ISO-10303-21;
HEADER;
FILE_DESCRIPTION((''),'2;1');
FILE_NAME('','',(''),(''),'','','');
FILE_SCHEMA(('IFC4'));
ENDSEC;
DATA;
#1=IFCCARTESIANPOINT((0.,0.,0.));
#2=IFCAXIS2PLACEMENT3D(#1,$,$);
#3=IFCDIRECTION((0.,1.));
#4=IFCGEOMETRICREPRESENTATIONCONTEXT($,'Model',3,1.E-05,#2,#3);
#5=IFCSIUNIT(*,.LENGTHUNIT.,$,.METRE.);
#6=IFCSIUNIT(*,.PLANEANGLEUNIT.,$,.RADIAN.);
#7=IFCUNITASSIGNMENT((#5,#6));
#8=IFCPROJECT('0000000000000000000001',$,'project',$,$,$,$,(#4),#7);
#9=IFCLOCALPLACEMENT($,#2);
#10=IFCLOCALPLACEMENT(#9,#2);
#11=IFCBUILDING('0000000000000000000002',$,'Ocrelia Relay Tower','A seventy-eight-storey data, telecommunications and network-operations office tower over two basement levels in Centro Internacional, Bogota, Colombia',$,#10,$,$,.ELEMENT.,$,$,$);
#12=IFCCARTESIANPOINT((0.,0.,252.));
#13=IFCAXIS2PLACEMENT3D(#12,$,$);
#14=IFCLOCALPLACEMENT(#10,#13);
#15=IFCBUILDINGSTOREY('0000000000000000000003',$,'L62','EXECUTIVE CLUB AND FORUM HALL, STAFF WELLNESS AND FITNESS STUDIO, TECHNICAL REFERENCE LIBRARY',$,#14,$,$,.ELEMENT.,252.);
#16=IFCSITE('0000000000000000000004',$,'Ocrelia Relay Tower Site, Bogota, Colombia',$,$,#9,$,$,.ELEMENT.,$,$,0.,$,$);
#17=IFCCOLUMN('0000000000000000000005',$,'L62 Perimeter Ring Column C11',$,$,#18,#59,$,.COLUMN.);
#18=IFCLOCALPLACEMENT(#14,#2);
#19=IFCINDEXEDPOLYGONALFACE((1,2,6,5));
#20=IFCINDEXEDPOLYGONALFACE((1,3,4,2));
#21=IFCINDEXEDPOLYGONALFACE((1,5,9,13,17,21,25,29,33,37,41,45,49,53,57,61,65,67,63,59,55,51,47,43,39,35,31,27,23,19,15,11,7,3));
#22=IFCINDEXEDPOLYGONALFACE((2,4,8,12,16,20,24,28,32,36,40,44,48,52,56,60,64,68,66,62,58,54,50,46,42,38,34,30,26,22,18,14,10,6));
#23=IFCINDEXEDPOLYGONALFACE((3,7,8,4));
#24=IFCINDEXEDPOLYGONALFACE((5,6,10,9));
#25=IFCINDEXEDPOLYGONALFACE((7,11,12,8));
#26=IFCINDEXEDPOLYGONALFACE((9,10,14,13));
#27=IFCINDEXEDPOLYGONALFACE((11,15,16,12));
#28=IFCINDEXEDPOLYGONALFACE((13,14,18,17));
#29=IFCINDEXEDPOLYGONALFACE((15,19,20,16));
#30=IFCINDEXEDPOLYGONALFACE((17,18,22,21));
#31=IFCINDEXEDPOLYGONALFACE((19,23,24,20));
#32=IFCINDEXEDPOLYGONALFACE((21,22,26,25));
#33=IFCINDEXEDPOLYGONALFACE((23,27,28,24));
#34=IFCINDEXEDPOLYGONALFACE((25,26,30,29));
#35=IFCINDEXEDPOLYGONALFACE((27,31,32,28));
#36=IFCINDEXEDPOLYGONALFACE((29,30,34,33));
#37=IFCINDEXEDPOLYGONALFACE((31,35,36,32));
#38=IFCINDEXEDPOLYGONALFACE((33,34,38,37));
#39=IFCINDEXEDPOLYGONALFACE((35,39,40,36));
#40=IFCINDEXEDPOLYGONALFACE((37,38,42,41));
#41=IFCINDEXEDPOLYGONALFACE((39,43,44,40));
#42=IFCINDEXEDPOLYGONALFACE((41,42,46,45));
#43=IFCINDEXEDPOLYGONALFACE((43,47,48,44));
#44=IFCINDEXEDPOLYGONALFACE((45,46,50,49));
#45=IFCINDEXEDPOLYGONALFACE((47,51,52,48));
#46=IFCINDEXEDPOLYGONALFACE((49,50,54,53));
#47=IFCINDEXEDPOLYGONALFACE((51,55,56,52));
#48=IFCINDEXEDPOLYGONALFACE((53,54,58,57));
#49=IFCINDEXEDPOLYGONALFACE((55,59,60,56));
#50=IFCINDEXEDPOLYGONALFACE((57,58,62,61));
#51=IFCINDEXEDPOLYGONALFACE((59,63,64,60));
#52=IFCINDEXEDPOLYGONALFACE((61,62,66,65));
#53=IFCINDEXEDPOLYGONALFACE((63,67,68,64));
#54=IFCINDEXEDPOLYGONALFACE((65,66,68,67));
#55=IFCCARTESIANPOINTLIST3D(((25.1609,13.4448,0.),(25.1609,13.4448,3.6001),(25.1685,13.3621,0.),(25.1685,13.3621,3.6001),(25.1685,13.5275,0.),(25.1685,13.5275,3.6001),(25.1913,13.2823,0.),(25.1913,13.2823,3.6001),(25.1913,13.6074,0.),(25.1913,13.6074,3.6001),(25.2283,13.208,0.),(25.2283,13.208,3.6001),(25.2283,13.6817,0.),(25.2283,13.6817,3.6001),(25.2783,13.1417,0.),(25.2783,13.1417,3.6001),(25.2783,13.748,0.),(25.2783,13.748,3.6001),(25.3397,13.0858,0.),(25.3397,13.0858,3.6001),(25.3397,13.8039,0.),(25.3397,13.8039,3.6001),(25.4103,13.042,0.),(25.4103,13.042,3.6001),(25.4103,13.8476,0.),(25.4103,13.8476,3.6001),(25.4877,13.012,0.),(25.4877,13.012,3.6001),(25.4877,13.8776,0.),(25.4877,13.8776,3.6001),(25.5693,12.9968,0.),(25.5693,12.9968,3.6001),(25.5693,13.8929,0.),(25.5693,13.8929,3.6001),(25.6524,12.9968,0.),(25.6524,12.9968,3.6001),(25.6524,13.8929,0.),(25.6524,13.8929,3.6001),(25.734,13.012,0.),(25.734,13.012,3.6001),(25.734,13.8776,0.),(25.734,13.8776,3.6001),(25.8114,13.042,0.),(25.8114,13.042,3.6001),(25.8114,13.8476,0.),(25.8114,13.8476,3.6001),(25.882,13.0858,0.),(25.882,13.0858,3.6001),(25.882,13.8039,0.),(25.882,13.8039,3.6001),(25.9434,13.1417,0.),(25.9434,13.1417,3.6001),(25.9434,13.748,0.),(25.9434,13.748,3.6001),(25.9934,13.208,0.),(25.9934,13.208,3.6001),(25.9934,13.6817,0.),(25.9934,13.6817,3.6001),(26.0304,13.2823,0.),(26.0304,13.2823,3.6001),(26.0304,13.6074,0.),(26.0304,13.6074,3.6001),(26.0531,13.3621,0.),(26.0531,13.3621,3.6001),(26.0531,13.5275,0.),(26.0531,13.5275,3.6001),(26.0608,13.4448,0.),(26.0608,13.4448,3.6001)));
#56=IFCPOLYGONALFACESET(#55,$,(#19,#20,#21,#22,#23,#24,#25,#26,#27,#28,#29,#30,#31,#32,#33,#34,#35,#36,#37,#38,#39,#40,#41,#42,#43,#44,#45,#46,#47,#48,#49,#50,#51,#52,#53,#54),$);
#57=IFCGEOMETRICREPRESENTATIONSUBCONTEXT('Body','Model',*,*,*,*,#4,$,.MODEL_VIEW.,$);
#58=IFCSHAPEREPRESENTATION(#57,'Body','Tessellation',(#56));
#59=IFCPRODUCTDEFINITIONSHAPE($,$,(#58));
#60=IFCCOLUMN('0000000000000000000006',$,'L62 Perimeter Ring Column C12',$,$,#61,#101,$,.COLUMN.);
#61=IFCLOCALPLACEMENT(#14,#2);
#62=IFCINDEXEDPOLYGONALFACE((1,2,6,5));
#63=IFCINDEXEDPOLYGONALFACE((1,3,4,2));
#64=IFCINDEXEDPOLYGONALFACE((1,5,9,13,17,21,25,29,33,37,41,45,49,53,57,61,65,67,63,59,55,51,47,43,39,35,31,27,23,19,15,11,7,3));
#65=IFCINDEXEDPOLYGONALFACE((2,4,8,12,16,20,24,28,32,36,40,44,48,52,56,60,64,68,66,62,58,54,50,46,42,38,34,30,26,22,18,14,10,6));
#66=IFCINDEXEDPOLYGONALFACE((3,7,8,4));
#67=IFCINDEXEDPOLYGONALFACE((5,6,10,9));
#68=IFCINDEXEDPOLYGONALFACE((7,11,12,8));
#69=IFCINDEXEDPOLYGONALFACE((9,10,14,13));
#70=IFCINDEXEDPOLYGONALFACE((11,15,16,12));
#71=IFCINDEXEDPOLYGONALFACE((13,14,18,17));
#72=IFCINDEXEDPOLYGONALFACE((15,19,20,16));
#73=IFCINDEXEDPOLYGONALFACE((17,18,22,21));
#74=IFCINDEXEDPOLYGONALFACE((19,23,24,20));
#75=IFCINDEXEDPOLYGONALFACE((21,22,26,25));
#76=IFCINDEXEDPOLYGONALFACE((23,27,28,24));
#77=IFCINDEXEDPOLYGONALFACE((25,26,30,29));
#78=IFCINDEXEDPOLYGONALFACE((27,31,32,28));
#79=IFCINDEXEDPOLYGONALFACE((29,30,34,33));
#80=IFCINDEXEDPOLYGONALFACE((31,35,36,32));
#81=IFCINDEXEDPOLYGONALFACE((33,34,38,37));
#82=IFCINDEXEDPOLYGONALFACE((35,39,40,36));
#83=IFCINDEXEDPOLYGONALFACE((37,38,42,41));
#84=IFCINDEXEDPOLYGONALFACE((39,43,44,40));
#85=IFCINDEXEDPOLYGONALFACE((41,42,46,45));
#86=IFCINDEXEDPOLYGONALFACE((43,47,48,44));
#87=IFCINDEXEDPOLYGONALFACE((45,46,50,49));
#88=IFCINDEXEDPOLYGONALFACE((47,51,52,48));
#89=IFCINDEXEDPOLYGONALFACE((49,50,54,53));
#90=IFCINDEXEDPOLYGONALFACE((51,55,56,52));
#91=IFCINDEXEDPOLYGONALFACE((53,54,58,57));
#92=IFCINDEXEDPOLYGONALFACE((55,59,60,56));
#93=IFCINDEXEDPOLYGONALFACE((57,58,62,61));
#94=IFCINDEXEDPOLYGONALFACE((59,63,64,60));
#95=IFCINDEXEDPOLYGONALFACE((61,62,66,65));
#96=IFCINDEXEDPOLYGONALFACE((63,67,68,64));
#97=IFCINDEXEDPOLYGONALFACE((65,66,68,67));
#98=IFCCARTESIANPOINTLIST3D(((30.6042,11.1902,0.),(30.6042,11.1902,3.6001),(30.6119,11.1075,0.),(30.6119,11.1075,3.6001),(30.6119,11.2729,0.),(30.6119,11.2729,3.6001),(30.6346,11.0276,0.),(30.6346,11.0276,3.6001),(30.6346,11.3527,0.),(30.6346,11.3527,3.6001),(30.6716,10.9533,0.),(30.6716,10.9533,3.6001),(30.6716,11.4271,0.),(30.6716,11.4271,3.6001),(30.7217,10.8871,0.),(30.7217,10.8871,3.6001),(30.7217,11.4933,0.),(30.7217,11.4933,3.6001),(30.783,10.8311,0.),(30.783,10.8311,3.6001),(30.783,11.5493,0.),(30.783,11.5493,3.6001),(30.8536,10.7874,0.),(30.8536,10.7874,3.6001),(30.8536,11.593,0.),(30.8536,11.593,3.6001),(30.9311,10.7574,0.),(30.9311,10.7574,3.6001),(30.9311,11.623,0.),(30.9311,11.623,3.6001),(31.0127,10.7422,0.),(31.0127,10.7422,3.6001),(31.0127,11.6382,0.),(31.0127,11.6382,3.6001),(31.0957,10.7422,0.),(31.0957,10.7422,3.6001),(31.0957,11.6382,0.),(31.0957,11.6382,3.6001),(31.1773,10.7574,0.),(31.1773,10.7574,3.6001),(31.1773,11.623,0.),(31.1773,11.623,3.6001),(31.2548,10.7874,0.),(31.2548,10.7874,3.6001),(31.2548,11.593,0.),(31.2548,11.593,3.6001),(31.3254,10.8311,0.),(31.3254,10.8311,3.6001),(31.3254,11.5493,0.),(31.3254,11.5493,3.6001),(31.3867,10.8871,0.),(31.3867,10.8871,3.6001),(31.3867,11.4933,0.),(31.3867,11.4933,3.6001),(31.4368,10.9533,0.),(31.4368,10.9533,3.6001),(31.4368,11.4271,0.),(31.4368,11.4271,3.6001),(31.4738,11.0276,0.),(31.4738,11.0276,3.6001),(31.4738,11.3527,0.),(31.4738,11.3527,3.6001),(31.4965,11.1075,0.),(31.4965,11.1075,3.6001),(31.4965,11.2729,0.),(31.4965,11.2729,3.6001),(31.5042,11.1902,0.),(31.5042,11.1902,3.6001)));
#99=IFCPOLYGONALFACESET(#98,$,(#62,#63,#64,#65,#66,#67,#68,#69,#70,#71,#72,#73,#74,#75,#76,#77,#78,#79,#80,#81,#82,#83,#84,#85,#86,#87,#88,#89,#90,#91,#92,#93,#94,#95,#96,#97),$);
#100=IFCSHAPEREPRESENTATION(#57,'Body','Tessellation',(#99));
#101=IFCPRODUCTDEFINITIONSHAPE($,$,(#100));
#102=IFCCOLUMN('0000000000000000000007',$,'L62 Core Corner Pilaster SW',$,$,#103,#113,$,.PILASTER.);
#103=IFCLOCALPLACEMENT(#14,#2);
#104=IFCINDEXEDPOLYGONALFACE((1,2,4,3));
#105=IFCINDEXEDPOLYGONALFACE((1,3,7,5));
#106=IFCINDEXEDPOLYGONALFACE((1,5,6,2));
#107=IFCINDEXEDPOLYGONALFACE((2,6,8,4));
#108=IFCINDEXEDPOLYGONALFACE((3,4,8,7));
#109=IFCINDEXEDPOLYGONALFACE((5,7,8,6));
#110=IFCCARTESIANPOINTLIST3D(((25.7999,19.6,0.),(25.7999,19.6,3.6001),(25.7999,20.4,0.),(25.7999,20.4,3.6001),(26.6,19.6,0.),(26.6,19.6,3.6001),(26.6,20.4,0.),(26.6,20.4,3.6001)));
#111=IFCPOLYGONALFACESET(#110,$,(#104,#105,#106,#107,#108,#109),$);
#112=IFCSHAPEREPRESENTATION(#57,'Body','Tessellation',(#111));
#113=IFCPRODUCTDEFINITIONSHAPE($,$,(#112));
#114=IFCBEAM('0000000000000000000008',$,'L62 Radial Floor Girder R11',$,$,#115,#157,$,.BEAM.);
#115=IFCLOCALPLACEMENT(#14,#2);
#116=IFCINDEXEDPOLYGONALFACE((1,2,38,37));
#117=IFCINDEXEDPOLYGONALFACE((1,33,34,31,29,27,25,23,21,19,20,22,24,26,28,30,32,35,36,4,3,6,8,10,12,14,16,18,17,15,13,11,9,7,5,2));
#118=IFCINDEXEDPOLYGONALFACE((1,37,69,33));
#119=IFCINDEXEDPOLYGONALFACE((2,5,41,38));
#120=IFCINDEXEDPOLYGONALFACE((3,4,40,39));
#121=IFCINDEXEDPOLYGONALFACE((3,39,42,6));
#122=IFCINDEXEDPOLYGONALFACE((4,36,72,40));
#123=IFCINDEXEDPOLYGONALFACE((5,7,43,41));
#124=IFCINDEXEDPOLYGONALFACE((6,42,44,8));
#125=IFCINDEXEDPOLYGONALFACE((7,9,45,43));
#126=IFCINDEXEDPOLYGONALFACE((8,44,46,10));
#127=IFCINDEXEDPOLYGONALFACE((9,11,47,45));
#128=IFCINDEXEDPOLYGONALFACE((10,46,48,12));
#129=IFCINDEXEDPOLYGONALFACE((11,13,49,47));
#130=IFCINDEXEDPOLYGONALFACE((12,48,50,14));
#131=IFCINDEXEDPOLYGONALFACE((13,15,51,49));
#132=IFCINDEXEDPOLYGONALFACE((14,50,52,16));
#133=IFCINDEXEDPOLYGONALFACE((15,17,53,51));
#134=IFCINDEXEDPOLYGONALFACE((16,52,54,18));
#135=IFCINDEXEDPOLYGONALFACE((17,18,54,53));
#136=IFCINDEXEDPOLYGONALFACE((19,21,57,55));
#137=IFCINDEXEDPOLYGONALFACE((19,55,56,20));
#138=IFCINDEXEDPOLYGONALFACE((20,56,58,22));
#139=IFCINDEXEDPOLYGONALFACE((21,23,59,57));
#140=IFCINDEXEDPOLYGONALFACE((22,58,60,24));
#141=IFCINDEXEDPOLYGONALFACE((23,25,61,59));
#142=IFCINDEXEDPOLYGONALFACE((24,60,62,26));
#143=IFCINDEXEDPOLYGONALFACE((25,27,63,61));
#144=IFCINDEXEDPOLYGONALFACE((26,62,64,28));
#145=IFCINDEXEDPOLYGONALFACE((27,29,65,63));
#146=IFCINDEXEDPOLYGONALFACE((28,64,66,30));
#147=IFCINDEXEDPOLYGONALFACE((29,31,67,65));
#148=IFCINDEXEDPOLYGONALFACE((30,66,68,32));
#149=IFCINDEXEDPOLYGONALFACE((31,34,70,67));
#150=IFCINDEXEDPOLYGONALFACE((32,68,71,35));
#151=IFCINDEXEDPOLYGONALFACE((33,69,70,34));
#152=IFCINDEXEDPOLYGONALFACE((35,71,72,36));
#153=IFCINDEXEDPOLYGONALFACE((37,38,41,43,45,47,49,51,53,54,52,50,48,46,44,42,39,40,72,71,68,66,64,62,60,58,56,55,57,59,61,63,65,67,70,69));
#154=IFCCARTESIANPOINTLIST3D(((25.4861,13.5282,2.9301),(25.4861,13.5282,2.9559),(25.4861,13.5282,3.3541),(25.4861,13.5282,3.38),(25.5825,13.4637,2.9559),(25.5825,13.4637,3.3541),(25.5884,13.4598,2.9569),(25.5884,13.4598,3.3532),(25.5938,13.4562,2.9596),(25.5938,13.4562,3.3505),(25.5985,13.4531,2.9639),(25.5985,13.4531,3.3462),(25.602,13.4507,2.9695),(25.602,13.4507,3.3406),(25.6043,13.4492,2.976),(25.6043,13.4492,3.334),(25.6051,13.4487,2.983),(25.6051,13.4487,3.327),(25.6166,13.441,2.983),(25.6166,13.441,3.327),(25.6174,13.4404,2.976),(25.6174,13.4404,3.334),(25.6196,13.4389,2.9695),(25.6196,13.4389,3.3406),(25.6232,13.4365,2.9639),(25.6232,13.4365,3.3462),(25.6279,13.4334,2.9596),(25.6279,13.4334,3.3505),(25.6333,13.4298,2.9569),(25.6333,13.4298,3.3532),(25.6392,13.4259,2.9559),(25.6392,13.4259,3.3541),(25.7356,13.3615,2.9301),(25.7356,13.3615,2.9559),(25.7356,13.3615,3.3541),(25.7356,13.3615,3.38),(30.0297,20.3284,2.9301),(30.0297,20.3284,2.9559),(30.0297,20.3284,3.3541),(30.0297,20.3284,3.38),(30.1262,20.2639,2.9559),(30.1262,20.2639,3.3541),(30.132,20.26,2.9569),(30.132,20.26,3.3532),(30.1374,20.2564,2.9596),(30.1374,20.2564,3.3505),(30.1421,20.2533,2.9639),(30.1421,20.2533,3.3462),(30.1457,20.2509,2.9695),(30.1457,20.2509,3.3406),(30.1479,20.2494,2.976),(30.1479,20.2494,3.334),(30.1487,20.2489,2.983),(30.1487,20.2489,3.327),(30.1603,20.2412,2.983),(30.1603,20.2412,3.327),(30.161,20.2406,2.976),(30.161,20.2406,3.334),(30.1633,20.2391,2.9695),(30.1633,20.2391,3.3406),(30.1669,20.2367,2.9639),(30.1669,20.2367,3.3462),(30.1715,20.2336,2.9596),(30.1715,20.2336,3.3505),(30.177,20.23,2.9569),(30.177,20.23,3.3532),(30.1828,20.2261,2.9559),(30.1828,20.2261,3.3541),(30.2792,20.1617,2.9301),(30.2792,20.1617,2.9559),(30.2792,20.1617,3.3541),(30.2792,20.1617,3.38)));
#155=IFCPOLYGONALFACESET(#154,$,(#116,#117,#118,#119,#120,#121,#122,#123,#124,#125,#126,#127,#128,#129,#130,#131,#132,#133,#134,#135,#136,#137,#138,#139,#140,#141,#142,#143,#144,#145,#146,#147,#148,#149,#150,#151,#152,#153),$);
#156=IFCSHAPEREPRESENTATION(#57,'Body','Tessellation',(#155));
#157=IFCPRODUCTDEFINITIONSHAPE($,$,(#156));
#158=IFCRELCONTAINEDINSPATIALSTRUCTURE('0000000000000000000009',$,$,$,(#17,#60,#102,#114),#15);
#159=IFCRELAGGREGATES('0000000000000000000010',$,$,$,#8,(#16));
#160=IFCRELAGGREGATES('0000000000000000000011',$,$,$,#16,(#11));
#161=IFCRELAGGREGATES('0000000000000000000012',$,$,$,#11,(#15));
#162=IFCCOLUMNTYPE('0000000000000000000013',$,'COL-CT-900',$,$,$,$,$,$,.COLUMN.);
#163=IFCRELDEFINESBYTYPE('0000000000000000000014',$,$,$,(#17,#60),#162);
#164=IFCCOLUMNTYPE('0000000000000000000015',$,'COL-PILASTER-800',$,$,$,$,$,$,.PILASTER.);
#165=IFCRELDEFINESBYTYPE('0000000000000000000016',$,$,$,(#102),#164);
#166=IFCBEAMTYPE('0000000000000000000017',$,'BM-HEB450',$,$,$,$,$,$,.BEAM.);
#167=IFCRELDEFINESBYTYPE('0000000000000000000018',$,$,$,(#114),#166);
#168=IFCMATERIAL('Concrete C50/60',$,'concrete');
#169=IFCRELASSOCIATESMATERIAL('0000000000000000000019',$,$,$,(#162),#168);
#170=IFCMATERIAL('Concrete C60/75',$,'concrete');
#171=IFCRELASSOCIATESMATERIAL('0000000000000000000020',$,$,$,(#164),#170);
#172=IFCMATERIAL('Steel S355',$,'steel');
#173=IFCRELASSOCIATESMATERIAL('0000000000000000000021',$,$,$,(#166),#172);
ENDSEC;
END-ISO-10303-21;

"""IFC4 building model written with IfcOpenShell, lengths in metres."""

from ifc_helpers import new_model, si_unit, direction, frame, origin, origin_2d, place, context, subcontext, project, spatial, rectangle, circle, i_section, extrude, material, material_profile, profile_set, type_object, element, save


model = new_model("IFC4")

# Units and contexts
model_context = context("Model", 3, precision=1e-05, world=origin(), true_north=direction((0.0, 1.0)))
body_context = subcontext(model_context, "Body", "Model", "MODEL_VIEW")
ifc_project = project(units=[si_unit("LENGTHUNIT", "METRE"), si_unit("PLANEANGLEUNIT", "RADIAN")], contexts=[model_context])

# Site, building, storey
site_placement = place(None, origin())
site = spatial("IfcSite", under=ifc_project, at=site_placement, Name="Ocrelia Relay Tower Site, Bogota, Colombia", CompositionType="ELEMENT", RefElevation=0.0)
building_placement = place(site_placement, origin())
building = spatial("IfcBuilding", under=site, at=building_placement, Name="Ocrelia Relay Tower", Description="A seventy-eight-storey data, telecommunications and network-operations office tower over two basement levels in Centro Internacional, Bogota, Colombia", CompositionType="ELEMENT")
storey_placement = place(building_placement, frame((0.0, 0.0, 252.0)))
storey = spatial("IfcBuildingStorey", under=building, at=storey_placement, Name="L62", Description="EXECUTIVE CLUB AND FORUM HALL, STAFF WELLNESS AND FITNESS STUDIO, TECHNICAL REFERENCE LIBRARY", CompositionType="ELEMENT", Elevation=252.0)

# Columns
ifc_material_1 = material(Name="Concrete C50/60", Category="concrete")
ifc_material_profile_1 = material_profile(ifc_material_1, circle(Radius=0.45, at=origin_2d()), Name="RC-CIR-900")
ifc_profile_set_1 = profile_set([ifc_material_profile_1], Name="Concrete C50/60")
column_type_1 = type_object("IfcColumnType", Name="COL-CT-900", PredefinedType="COLUMN", material=ifc_profile_set_1)
for number, where, z_axis, x_axis, name in (
    (1, (25.6108, 13.4448, 0.0), (0.0, 0.0, 1.0), (1.0, 0.0, 0.0), "L62 Perimeter Ring Column C11"),
    (2, (31.0542, 11.1902, 0.0), (0.0, 0.0, 1.0), (1.0, 0.0, 0.0), "L62 Perimeter Ring Column C12"),
):
    element("IfcColumn", number, at=place(storey_placement, frame(where, z_axis=z_axis, x_axis=x_axis)), inside=storey, type_object=column_type_1, Name=name, PredefinedType="COLUMN", context=body_context, shape_type="SweptSolid", body=[
        extrude(circle(Radius=0.45, at=origin_2d()), origin(), (0.0, 0.0, 1.0), 3.6001),
    ])
ifc_material_2 = material(Name="Concrete C60/75", Category="concrete")
ifc_material_profile_2 = material_profile(ifc_material_2, rectangle(XDim=0.8, YDim=0.8, at=origin_2d()), Name="RC-COL-800x800")
ifc_profile_set_2 = profile_set([ifc_material_profile_2], Name="Concrete C60/75")
column_type_2 = type_object("IfcColumnType", Name="COL-PILASTER-800", PredefinedType="PILASTER", material=ifc_profile_set_2)
column_placement = place(storey_placement, frame((26.2, 20.0, 0.0), z_axis=(0.0, 0.0, 1.0), x_axis=(1.0, 0.0, 0.0)))
element("IfcColumn", 3, at=column_placement, inside=storey, type_object=column_type_2, Name="L62 Core Corner Pilaster SW", PredefinedType="PILASTER", context=body_context, shape_type="SweptSolid", body=[
    extrude(rectangle(XDim=0.8, YDim=0.8, at=origin_2d()), origin(), (0.0, 0.0, 1.0), 3.6001),
])

# Beam
ifc_material_3 = material(Name="Steel S355", Category="steel")
ifc_material_profile_3 = material_profile(ifc_material_3, i_section(OverallWidth=0.3, OverallDepth=0.45, WebThickness=0.0139, FlangeThickness=0.0259, FilletRadius=0.0271, at=origin_2d()), Name="HEB 450")
ifc_profile_set_3 = profile_set([ifc_material_profile_3], Name="Steel S355")
beam_type_1 = type_object("IfcBeamType", Name="BM-HEB450", PredefinedType="BEAM", material=ifc_profile_set_3)
beam_1_placement = place(storey_placement, frame((25.6108, 13.4448, 3.155), z_axis=(0.555561, 0.831476, 0.0), x_axis=(-0.831476, 0.555561, 0.0)))
element("IfcBeam", 4, at=beam_1_placement, inside=storey, type_object=beam_type_1, Name="L62 Radial Floor Girder R11", PredefinedType="BEAM", context=body_context, shape_type="SweptSolid", body=[
    extrude(i_section(OverallWidth=0.3, OverallDepth=0.45, WebThickness=0.0139, FlangeThickness=0.0259, FilletRadius=0.0271, at=origin_2d()), origin(), (0.0, 0.0, 1.0), 8.1785),
])

save(model, "model.ifc")
